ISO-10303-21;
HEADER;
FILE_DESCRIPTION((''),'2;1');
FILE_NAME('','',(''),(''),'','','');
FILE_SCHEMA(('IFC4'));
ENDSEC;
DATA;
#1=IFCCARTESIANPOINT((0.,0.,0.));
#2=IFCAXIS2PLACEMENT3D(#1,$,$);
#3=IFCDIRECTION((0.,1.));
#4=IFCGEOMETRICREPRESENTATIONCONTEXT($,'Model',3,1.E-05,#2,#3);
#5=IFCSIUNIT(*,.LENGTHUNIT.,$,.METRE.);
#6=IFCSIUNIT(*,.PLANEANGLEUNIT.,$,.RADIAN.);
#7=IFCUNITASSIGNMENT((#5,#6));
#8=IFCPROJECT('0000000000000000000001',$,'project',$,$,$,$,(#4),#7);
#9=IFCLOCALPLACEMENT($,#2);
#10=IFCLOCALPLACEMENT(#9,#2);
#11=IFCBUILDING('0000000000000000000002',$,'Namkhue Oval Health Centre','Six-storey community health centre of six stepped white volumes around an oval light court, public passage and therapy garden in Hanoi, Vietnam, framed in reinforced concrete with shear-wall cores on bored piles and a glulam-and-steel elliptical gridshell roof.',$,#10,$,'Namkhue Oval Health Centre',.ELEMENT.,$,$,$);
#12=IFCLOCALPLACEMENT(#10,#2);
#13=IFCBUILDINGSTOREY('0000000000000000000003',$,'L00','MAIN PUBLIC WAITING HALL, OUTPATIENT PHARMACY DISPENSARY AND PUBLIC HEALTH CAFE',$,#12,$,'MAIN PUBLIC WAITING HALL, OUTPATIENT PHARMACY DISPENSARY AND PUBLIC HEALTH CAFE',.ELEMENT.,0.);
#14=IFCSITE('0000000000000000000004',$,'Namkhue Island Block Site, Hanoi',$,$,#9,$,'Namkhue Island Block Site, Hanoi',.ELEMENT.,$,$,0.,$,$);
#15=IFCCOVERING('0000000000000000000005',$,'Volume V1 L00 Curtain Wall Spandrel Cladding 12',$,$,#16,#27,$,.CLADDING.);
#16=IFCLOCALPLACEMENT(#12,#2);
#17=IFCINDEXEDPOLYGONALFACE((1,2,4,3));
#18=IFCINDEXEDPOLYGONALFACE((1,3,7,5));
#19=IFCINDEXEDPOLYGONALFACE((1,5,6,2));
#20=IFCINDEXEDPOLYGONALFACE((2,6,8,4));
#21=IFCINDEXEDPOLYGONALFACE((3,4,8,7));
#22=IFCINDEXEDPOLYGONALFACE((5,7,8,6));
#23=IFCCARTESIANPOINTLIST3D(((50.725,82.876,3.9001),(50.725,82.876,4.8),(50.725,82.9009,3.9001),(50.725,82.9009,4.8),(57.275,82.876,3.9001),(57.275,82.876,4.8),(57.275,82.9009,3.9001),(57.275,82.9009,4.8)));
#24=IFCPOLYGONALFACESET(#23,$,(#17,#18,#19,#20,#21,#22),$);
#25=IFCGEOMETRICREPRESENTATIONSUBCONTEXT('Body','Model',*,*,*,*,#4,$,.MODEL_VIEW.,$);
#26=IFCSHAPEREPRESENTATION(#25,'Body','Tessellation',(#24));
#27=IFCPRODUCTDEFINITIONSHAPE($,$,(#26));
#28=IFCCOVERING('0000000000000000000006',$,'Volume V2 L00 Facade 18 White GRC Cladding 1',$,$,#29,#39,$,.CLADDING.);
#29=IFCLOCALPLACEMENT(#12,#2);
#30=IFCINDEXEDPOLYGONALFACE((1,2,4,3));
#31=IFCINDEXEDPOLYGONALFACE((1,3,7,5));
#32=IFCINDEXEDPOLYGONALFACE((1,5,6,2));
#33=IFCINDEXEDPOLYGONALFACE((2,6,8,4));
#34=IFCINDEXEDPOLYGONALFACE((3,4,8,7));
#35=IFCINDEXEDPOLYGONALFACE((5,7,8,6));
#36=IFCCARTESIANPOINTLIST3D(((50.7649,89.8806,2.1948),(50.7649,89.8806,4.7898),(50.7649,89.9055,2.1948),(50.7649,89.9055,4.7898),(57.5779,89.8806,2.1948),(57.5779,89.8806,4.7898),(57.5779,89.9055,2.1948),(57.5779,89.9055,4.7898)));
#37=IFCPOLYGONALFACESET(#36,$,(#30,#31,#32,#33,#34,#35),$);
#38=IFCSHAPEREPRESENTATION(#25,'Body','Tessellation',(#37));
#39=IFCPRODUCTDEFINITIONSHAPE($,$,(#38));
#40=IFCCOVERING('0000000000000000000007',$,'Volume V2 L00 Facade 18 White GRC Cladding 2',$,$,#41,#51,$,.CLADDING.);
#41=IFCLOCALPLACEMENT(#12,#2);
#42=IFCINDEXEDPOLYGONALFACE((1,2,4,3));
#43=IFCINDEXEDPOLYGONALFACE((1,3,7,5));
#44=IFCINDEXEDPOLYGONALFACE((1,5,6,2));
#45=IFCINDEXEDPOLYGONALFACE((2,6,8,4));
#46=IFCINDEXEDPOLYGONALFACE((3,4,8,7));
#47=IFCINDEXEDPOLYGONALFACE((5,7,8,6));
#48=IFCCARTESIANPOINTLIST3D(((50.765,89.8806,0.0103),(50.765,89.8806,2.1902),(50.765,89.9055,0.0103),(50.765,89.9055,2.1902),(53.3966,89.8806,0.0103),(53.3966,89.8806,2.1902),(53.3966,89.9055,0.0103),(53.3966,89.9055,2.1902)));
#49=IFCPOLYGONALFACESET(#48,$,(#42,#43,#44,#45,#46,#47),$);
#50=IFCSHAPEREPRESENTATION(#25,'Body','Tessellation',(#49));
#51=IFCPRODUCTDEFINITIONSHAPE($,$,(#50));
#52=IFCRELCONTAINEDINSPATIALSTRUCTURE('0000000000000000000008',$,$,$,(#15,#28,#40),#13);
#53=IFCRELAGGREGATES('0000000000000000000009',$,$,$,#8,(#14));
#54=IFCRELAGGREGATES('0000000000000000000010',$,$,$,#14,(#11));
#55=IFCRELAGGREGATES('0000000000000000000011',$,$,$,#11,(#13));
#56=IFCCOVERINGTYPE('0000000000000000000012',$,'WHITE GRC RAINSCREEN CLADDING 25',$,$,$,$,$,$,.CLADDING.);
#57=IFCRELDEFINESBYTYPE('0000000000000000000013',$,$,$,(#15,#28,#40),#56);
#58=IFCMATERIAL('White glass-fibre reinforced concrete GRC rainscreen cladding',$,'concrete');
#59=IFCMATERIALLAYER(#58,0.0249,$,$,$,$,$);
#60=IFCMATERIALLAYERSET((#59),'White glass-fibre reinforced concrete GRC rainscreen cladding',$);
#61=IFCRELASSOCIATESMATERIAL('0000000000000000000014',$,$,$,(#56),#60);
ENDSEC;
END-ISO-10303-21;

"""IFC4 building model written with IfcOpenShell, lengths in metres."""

from ifc_helpers import new_model, si_unit, direction, frame, origin, origin_2d, place, context, subcontext, project, spatial, rectangle, extrude, material, layer, layer_set, type_object, element, save


model = new_model("IFC4")

# Units and contexts
model_context = context("Model", 3, precision=1e-05, world=origin(), true_north=direction((0.0, 1.0)))
body_context = subcontext(model_context, "Body", "Model", "MODEL_VIEW")
ifc_project = project(units=[si_unit("LENGTHUNIT", "METRE"), si_unit("PLANEANGLEUNIT", "RADIAN")], contexts=[model_context])

# Site, building, storey
site_placement = place(None, origin())
site = spatial("IfcSite", under=ifc_project, at=site_placement, Name="Namkhue Island Block Site, Hanoi", LongName="Namkhue Island Block Site, Hanoi", CompositionType="ELEMENT", RefElevation=0.0)
building_placement = place(site_placement, origin())
building = spatial("IfcBuilding", under=site, at=building_placement, Name="Namkhue Oval Health Centre", Description="Six-storey community health centre of six stepped white volumes around an oval light court, public passage and therapy garden in Hanoi, Vietnam, framed in reinforced concrete with shear-wall cores on bored piles and a glulam-and-steel elliptical gridshell roof.", LongName="Namkhue Oval Health Centre", CompositionType="ELEMENT")
storey_placement = place(building_placement, origin())
storey = spatial("IfcBuildingStorey", under=building, at=storey_placement, Name="L00", Description="MAIN PUBLIC WAITING HALL, OUTPATIENT PHARMACY DISPENSARY AND PUBLIC HEALTH CAFE", LongName="MAIN PUBLIC WAITING HALL, OUTPATIENT PHARMACY DISPENSARY AND PUBLIC HEALTH CAFE", CompositionType="ELEMENT", Elevation=0.0)

# Coverings
ifc_material_1 = material(Name="White glass-fibre reinforced concrete GRC rainscreen cladding", Category="concrete")
ifc_layer_1 = layer(ifc_material_1, 0.0249)
ifc_layer_set_1 = layer_set([ifc_layer_1], Name="White glass-fibre reinforced concrete GRC rainscreen cladding")
covering_type = type_object("IfcCoveringType", Name="WHITE GRC RAINSCREEN CLADDING 25", PredefinedType="CLADDING", material=ifc_layer_set_1)
covering_1_placement = place(storey_placement, frame((54.0, 82.8884, 3.9001), z_axis=(0.0, 0.0, 1.0), x_axis=(-1.0, 0.0, 0.0)))
element("IfcCovering", 1, at=covering_1_placement, inside=storey, type_object=covering_type, Name="Volume V1 L00 Curtain Wall Spandrel Cladding 12", PredefinedType="CLADDING", context=body_context, shape_type="SweptSolid", body=[
    extrude(rectangle(XDim=6.55, YDim=0.0249, at=origin_2d()), origin(), (0.0, 0.0, 1.0), 0.8999),
])
covering_2_placement = place(storey_placement, frame((54.1714, 89.8931, 2.1948), z_axis=(0.0, 0.0, 1.0), x_axis=(1.0, 0.0, 0.0)))
element("IfcCovering", 2, at=covering_2_placement, inside=storey, type_object=covering_type, Name="Volume V2 L00 Facade 18 White GRC Cladding 1", PredefinedType="CLADDING", context=body_context, shape_type="SweptSolid", body=[
    extrude(rectangle(XDim=6.813, YDim=0.0249, at=origin_2d()), origin(), (0.0, 0.0, 1.0), 2.595),
])
covering_3_placement = place(storey_placement, frame((52.0808, 89.8931, 0.0103), z_axis=(0.0, 0.0, 1.0), x_axis=(1.0, 0.0, 0.0)))
element("IfcCovering", 3, at=covering_3_placement, inside=storey, type_object=covering_type, Name="Volume V2 L00 Facade 18 White GRC Cladding 2", PredefinedType="CLADDING", context=body_context, shape_type="SweptSolid", body=[
    extrude(rectangle(XDim=2.6316, YDim=0.0249, at=origin_2d()), origin(), (0.0, 0.0, 1.0), 2.1799),
])

save(model, "model.ifc")
